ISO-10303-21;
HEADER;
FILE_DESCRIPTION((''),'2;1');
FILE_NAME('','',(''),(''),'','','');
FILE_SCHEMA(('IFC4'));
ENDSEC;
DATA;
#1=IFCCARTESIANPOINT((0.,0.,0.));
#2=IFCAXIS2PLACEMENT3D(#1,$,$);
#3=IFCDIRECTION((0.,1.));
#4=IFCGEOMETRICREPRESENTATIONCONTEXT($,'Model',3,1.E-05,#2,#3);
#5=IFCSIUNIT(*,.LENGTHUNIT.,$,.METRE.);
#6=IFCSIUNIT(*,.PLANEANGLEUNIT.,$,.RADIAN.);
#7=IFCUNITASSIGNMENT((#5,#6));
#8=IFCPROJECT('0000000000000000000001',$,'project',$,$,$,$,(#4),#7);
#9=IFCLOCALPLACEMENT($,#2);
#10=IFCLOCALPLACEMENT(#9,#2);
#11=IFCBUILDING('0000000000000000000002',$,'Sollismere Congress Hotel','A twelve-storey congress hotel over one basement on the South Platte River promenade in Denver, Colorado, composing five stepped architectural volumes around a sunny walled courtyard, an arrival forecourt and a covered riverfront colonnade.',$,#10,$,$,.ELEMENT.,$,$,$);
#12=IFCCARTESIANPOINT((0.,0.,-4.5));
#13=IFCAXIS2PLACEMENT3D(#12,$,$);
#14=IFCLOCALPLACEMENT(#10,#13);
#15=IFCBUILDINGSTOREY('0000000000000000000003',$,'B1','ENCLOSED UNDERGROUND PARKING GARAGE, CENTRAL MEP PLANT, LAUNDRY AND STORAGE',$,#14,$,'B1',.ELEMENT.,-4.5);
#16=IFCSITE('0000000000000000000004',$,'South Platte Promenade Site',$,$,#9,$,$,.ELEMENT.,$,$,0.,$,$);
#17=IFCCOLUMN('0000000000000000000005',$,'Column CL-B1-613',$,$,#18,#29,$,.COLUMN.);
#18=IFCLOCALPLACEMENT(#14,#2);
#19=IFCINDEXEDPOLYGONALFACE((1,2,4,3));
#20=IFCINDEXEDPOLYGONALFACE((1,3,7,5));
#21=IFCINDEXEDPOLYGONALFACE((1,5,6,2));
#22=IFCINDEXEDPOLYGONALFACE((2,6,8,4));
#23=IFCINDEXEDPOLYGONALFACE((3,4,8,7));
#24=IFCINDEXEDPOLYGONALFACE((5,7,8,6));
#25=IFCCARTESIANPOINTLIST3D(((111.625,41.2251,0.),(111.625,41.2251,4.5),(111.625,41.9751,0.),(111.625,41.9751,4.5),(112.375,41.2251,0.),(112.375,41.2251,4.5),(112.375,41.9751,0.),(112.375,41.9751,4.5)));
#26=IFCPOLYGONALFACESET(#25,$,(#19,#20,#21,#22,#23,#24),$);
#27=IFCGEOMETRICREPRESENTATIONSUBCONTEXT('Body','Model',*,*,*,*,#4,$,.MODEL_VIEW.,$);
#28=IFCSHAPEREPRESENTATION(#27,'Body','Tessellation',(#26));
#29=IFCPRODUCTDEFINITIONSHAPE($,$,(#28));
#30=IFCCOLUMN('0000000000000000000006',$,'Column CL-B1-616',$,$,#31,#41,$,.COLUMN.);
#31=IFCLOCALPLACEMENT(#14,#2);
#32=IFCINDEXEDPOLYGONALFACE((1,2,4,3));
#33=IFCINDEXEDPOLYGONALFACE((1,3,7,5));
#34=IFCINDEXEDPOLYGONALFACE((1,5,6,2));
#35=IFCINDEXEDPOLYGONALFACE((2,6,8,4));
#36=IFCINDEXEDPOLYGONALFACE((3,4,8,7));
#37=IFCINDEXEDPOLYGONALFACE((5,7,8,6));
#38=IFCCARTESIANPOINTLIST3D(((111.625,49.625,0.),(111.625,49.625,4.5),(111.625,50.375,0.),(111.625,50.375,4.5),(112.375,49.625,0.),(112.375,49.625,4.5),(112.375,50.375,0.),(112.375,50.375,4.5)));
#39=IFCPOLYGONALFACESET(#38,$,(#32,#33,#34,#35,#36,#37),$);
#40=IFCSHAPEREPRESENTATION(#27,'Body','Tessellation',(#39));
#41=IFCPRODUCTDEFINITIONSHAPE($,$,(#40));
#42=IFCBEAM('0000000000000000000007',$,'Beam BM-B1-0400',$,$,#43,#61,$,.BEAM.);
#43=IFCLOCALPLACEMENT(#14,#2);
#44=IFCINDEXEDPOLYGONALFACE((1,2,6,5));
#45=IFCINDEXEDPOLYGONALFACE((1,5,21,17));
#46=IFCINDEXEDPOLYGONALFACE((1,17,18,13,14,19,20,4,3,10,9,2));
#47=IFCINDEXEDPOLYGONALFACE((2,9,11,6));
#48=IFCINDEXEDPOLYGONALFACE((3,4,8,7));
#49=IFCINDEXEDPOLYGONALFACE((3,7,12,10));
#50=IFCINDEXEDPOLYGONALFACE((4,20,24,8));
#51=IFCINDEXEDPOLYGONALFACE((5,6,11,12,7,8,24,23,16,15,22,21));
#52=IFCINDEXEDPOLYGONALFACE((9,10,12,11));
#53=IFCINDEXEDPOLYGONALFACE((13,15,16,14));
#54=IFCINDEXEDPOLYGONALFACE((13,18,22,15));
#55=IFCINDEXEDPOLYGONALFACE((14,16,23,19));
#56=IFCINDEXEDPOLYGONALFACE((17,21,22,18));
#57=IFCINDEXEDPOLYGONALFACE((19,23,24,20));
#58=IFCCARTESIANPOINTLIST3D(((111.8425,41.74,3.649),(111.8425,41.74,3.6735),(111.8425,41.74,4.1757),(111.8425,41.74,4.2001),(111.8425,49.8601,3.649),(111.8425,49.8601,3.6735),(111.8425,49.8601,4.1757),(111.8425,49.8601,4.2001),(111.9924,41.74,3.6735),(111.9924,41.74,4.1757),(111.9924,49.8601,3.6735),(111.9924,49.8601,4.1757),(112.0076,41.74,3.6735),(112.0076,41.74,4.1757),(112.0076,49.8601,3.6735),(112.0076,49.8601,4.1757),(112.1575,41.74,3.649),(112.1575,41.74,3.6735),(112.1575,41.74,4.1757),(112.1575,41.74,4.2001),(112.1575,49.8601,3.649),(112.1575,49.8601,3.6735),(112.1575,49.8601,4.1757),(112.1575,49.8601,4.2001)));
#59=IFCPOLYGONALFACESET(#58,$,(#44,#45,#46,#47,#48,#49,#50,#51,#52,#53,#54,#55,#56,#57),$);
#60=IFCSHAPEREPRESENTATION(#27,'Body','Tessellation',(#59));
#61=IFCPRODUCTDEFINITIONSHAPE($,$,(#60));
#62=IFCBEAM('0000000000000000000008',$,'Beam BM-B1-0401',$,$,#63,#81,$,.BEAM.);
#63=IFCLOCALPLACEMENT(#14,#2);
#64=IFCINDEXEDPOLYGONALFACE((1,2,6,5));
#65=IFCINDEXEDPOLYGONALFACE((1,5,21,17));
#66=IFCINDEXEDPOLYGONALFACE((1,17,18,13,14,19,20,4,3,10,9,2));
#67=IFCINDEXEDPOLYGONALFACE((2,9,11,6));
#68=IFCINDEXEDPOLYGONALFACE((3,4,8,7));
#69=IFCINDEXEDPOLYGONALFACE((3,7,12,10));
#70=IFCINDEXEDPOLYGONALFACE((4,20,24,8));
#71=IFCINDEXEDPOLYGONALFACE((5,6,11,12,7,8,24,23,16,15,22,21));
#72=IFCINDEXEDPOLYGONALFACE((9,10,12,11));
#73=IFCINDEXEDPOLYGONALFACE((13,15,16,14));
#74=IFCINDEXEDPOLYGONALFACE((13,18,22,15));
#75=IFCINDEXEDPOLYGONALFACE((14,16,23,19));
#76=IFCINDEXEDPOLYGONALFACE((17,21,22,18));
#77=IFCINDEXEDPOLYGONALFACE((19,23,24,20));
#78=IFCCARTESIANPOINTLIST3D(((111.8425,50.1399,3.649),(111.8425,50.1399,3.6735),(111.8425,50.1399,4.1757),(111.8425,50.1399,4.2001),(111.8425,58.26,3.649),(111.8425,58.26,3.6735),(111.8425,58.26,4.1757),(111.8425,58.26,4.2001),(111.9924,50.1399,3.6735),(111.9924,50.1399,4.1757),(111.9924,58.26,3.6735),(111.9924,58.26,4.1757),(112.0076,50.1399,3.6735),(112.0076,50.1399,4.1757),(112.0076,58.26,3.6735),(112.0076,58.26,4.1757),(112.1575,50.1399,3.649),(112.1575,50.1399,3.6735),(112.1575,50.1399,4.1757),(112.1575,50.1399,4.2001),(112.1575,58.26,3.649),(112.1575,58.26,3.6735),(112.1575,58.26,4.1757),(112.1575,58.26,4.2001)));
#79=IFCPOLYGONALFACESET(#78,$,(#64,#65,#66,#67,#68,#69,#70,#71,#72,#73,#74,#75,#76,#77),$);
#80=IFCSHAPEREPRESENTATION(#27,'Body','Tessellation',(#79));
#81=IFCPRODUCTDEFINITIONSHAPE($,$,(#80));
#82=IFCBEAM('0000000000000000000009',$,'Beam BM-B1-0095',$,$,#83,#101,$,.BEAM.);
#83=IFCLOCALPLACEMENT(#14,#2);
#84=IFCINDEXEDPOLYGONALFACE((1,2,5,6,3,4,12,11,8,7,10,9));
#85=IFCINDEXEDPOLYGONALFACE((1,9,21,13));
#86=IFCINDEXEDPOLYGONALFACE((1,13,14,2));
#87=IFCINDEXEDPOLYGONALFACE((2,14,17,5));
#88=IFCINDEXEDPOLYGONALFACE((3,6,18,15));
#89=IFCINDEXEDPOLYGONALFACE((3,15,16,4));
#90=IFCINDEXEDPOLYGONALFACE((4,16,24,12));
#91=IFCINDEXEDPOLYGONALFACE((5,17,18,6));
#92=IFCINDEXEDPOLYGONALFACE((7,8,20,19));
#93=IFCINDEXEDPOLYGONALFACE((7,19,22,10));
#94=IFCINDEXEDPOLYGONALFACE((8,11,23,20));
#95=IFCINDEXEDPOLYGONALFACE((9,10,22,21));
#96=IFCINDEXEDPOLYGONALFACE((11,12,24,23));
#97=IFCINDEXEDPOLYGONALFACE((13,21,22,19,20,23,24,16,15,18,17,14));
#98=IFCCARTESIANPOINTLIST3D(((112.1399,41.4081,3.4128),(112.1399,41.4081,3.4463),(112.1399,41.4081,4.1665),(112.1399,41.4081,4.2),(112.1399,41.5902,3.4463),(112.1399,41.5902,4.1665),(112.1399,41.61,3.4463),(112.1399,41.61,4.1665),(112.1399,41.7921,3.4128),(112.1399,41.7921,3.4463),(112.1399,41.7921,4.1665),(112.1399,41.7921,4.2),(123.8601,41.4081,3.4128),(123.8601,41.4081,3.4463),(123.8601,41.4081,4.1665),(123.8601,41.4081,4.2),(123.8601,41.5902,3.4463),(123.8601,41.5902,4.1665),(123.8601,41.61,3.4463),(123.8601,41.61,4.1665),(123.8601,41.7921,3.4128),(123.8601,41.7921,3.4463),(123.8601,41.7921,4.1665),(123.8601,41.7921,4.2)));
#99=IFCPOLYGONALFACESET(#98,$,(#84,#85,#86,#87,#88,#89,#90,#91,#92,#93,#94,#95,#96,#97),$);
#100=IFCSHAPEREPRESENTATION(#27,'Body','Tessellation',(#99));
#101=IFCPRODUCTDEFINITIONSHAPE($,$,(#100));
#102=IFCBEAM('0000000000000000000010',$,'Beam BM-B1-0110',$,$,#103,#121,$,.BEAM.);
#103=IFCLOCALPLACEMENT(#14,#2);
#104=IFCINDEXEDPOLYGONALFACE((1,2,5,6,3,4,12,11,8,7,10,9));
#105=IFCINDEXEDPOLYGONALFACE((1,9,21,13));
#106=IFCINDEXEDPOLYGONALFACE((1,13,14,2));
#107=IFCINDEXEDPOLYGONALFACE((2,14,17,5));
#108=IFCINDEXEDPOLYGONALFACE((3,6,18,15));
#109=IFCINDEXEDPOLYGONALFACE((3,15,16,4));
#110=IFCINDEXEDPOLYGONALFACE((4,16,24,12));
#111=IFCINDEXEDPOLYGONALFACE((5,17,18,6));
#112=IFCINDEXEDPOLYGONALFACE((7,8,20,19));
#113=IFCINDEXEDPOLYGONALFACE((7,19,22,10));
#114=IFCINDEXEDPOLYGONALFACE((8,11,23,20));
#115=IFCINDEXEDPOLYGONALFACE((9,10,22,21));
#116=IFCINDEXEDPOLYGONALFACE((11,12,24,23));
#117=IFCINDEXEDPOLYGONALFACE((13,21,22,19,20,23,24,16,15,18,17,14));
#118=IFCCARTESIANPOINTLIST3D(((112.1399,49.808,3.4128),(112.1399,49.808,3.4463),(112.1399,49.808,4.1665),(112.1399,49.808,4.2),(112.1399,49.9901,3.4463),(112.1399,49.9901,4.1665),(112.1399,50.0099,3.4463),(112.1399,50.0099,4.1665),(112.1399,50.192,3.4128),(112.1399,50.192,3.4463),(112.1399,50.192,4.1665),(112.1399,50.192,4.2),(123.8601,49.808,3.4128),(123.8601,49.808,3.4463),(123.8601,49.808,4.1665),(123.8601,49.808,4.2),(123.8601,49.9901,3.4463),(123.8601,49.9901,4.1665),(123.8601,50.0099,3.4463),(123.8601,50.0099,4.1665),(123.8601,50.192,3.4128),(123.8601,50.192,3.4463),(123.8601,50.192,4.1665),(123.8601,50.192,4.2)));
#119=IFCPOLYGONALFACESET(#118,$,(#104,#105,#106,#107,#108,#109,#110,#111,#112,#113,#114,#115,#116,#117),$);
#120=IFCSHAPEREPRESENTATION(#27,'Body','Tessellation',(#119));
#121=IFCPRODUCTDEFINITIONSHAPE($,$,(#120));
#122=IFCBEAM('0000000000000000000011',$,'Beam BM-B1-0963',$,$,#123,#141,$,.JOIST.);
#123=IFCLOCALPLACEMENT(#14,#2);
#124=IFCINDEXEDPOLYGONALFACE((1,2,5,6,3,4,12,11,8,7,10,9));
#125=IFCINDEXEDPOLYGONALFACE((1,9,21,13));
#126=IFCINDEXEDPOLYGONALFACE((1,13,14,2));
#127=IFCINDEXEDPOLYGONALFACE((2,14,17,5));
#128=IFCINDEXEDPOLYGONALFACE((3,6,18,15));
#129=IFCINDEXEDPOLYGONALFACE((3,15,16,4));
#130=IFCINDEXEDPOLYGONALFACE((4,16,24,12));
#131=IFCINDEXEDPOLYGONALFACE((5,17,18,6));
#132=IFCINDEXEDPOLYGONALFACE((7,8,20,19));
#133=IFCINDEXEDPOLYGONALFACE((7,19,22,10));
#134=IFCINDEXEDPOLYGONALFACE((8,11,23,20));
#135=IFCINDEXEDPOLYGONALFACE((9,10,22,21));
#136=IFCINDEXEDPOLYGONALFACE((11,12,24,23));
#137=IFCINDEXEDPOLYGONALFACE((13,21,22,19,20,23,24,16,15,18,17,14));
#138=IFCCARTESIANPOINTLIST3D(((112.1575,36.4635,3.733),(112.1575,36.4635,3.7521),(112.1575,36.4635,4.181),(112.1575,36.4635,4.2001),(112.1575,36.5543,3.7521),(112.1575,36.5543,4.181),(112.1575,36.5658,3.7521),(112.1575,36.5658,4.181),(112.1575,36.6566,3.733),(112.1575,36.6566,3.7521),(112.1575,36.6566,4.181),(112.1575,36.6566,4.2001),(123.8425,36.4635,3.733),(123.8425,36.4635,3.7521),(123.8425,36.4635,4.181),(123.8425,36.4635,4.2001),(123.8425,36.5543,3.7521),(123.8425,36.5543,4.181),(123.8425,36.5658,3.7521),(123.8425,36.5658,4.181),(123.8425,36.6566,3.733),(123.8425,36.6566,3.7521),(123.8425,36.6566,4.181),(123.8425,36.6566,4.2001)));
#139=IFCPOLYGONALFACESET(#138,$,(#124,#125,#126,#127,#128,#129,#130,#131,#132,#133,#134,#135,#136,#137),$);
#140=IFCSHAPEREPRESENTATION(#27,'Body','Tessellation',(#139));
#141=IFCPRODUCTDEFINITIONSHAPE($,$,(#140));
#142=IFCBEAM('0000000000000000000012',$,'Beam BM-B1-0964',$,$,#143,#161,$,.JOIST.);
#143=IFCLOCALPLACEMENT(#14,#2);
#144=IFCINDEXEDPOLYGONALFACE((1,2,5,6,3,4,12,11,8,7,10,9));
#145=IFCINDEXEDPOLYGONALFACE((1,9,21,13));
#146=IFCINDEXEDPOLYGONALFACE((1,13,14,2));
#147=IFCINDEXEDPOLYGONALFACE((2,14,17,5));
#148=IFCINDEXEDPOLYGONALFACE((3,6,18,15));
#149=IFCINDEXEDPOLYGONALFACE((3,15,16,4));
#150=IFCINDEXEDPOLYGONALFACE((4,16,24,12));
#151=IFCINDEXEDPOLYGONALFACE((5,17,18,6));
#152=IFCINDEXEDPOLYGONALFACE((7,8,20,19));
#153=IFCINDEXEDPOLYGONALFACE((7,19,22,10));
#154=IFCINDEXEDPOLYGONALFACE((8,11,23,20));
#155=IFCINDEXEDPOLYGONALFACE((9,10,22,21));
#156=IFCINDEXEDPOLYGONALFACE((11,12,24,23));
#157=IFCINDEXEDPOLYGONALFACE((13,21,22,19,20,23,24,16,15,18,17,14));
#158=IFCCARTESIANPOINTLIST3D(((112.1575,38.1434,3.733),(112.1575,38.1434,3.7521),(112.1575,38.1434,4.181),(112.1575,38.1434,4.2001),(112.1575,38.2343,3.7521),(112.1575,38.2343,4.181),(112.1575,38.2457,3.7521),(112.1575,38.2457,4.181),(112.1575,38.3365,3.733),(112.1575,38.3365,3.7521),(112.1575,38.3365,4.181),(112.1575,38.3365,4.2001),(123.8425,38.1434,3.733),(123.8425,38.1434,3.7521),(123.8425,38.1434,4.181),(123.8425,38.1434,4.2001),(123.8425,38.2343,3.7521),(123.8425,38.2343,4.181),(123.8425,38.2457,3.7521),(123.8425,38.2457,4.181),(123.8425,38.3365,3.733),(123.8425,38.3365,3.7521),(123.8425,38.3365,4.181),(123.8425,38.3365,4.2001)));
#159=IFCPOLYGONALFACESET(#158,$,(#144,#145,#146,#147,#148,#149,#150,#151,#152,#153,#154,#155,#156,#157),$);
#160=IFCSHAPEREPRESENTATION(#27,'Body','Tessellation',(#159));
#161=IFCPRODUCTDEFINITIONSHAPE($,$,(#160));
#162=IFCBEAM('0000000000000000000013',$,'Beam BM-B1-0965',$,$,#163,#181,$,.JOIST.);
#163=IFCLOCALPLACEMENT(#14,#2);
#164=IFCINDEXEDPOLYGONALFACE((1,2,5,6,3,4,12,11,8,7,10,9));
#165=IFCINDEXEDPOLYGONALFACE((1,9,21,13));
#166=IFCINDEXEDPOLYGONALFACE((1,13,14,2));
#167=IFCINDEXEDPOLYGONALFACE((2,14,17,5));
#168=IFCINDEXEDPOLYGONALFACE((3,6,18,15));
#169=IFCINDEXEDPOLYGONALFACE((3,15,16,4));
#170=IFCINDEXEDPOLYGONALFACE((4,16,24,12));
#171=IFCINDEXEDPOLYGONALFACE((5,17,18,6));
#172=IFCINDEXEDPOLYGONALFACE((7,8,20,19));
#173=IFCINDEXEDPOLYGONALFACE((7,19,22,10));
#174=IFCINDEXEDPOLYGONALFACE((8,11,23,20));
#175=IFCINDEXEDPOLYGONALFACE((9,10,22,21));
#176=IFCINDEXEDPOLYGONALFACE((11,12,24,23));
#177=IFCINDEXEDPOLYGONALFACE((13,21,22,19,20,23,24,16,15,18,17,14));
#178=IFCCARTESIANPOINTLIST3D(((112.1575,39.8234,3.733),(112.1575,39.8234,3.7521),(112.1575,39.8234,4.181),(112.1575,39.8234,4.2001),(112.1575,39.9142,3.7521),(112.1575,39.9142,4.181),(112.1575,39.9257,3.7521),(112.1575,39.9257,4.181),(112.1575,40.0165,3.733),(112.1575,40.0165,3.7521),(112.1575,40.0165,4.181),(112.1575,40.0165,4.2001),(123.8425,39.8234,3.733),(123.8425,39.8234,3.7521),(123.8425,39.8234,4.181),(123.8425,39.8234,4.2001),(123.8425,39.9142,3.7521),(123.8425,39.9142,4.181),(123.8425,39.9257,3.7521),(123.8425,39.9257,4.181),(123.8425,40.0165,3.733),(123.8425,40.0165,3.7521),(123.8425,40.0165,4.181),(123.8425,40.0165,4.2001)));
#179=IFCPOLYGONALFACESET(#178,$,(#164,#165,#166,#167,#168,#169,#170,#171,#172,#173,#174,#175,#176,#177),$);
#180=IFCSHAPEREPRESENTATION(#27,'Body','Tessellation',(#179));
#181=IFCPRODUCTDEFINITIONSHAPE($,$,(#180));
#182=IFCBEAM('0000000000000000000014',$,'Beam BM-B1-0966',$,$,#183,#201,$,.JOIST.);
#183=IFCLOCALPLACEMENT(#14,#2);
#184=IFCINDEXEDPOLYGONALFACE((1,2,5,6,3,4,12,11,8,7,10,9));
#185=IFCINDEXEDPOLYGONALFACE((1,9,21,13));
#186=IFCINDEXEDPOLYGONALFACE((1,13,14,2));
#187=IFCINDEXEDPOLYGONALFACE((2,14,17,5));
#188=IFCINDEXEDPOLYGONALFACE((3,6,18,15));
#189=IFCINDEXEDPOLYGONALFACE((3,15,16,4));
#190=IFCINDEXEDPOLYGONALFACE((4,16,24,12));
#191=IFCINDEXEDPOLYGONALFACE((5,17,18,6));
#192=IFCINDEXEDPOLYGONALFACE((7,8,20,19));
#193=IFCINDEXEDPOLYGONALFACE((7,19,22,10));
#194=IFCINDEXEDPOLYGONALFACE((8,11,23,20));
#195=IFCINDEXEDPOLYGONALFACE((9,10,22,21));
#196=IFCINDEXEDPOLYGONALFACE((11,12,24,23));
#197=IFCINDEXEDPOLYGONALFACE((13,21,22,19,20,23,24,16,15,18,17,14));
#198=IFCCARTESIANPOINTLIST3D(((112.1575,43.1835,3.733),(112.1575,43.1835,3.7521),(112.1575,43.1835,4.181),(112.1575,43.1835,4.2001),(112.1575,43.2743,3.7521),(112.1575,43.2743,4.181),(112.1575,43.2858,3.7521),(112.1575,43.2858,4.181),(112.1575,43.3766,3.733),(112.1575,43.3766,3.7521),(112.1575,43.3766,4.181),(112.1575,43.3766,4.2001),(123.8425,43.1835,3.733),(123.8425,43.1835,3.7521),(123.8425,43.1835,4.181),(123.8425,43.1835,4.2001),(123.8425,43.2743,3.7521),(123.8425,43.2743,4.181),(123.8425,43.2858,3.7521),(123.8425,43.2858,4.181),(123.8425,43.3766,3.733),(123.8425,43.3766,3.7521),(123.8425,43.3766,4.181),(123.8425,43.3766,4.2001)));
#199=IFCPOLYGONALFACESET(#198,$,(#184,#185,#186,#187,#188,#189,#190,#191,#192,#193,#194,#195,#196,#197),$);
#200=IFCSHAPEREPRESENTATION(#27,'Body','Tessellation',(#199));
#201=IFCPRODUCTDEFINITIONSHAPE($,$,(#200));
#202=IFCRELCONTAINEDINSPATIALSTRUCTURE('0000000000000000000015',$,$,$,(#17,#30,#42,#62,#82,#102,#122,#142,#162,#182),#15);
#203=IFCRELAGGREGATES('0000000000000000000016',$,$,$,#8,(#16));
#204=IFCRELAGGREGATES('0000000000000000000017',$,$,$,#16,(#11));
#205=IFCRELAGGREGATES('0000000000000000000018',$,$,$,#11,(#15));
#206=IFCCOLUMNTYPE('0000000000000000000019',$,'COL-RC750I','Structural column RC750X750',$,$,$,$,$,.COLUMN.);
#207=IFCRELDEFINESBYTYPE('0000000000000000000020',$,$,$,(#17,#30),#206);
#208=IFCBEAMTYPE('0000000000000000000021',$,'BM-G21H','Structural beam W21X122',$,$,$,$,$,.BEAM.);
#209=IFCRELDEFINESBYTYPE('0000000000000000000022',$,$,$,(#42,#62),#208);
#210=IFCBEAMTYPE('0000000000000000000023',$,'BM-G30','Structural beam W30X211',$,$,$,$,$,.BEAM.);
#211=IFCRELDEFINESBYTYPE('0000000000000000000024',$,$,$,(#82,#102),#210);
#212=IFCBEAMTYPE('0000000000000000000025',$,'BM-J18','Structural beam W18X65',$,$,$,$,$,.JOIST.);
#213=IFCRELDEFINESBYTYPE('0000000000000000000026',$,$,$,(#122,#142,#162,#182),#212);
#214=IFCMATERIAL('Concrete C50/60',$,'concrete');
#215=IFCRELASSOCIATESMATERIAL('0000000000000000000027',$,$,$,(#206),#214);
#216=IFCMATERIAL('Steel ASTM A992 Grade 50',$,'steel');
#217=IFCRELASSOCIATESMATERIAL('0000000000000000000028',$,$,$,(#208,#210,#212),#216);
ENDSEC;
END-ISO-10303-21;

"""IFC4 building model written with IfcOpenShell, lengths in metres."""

from ifc_helpers import new_model, si_unit, direction, frame, origin, origin_2d, place, context, subcontext, project, spatial, rectangle, i_section, extrude, material, material_profile, profile_set, type_object, element, save


model = new_model("IFC4")

# Units and contexts
model_context = context("Model", 3, precision=1e-05, world=origin(), true_north=direction((0.0, 1.0)))
body_context = subcontext(model_context, "Body", "Model", "MODEL_VIEW")
ifc_project = project(units=[si_unit("LENGTHUNIT", "METRE"), si_unit("PLANEANGLEUNIT", "RADIAN")], contexts=[model_context])

# Site, building, storey
site_placement = place(None, origin())
site = spatial("IfcSite", under=ifc_project, at=site_placement, Name="South Platte Promenade Site", CompositionType="ELEMENT", RefElevation=0.0)
building_placement = place(site_placement, origin())
building = spatial("IfcBuilding", under=site, at=building_placement, Name="Sollismere Congress Hotel", Description="A twelve-storey congress hotel over one basement on the South Platte River promenade in Denver, Colorado, composing five stepped architectural volumes around a sunny walled courtyard, an arrival forecourt and a covered riverfront colonnade.", CompositionType="ELEMENT")
storey_placement = place(building_placement, frame((0.0, 0.0, -4.5)))
storey = spatial("IfcBuildingStorey", under=building, at=storey_placement, Name="B1", Description="ENCLOSED UNDERGROUND PARKING GARAGE, CENTRAL MEP PLANT, LAUNDRY AND STORAGE", LongName="B1", CompositionType="ELEMENT", Elevation=-4.5)

# Columns
ifc_material_1 = material(Name="Concrete C50/60", Category="concrete")
ifc_material_profile_1 = material_profile(ifc_material_1, rectangle(XDim=0.75, YDim=0.75, at=origin_2d()), Name="RC750X750")
ifc_profile_set_1 = profile_set([ifc_material_profile_1], Name="Concrete C50/60")
column_type = type_object("IfcColumnType", Name="COL-RC750I", Description="Structural column RC750X750", PredefinedType="COLUMN", material=ifc_profile_set_1)
for number, where, z_axis, x_axis, name in (
    (1, (112.0, 41.6001, 0.0), (0.0, 0.0, 1.0), (1.0, 0.0, 0.0), "Column CL-B1-613"),
    (2, (112.0, 50.0, 0.0), (0.0, 0.0, 1.0), (1.0, 0.0, 0.0), "Column CL-B1-616"),
):
    element("IfcColumn", number, at=place(storey_placement, frame(where, z_axis=z_axis, x_axis=x_axis)), inside=storey, type_object=column_type, Name=name, PredefinedType="COLUMN", context=body_context, shape_type="SweptSolid", body=[
        extrude(rectangle(XDim=0.75, YDim=0.75, at=origin_2d()), origin(), (0.0, 0.0, 1.0), 4.5),
    ])

# Beams
ifc_material_2 = material(Name="Steel ASTM A992 Grade 50", Category="steel")
ifc_material_profile_2 = material_profile(ifc_material_2, i_section(OverallWidth=0.3149, OverallDepth=0.551, WebThickness=0.0151, FlangeThickness=0.0244, at=origin_2d()), Name="W21X122")
ifc_profile_set_2 = profile_set([ifc_material_profile_2], Name="Steel ASTM A992 Grade 50")
beam_type_1 = type_object("IfcBeamType", Name="BM-G21H", Description="Structural beam W21X122", PredefinedType="BEAM", material=ifc_profile_set_2)
for number, where, z_axis, x_axis, name in (
    (3, (112.0, 41.74, 3.9246), (0.0, 1.0, 0.0), (-1.0, 0.0, 0.0), "Beam BM-B1-0400"),
    (4, (112.0, 50.1399, 3.9246), (0.0, 1.0, 0.0), (-1.0, 0.0, 0.0), "Beam BM-B1-0401"),
):
    element("IfcBeam", number, at=place(storey_placement, frame(where, z_axis=z_axis, x_axis=x_axis)), inside=storey, type_object=beam_type_1, Name=name, PredefinedType="BEAM", context=body_context, shape_type="SweptSolid", body=[
        extrude(i_section(OverallWidth=0.3149, OverallDepth=0.551, WebThickness=0.0151, FlangeThickness=0.0244, at=origin_2d()), origin(), (0.0, 0.0, 1.0), 8.1201),
    ])
ifc_material_profile_3 = material_profile(ifc_material_2, i_section(OverallWidth=0.384, OverallDepth=0.7871, WebThickness=0.0198, FlangeThickness=0.0334, at=origin_2d()), Name="W30X211")
ifc_profile_set_3 = profile_set([ifc_material_profile_3], Name="Steel ASTM A992 Grade 50")
beam_type_2 = type_object("IfcBeamType", Name="BM-G30", Description="Structural beam W30X211", PredefinedType="BEAM", material=ifc_profile_set_3)
for number, where, z_axis, x_axis, name in (
    (5, (112.1399, 41.6001, 3.8064), (1.0, 0.0, 0.0), (0.0, 1.0, 0.0), "Beam BM-B1-0095"),
    (6, (112.1399, 50.0, 3.8064), (1.0, 0.0, 0.0), (0.0, 1.0, 0.0), "Beam BM-B1-0110"),
):
    element("IfcBeam", number, at=place(storey_placement, frame(where, z_axis=z_axis, x_axis=x_axis)), inside=storey, type_object=beam_type_2, Name=name, PredefinedType="BEAM", context=body_context, shape_type="SweptSolid", body=[
        extrude(i_section(OverallWidth=0.384, OverallDepth=0.7871, WebThickness=0.0198, FlangeThickness=0.0334, at=origin_2d()), origin(), (0.0, 0.0, 1.0), 11.7202),
    ])
ifc_material_profile_4 = material_profile(ifc_material_2, i_section(OverallWidth=0.1931, OverallDepth=0.467, WebThickness=0.0115, FlangeThickness=0.019, at=origin_2d()), Name="W18X65")
ifc_profile_set_4 = profile_set([ifc_material_profile_4], Name="Steel ASTM A992 Grade 50")
beam_type_3 = type_object("IfcBeamType", Name="BM-J18", Description="Structural beam W18X65", PredefinedType="JOIST", material=ifc_profile_set_4)
for number, where, z_axis, x_axis, name in (
    (7, (112.1575, 36.5601, 3.9666), (1.0, 0.0, 0.0), (0.0, 1.0, 0.0), "Beam BM-B1-0963"),
    (8, (112.1575, 38.24, 3.9666), (1.0, 0.0, 0.0), (0.0, 1.0, 0.0), "Beam BM-B1-0964"),
    (9, (112.1575, 39.9199, 3.9666), (1.0, 0.0, 0.0), (0.0, 1.0, 0.0), "Beam BM-B1-0965"),
    (10, (112.1575, 43.28, 3.9666), (1.0, 0.0, 0.0), (0.0, 1.0, 0.0), "Beam BM-B1-0966"),
):
    element("IfcBeam", number, at=place(storey_placement, frame(where, z_axis=z_axis, x_axis=x_axis)), inside=storey, type_object=beam_type_3, Name=name, PredefinedType="JOIST", context=body_context, shape_type="SweptSolid", body=[
        extrude(i_section(OverallWidth=0.1931, OverallDepth=0.467, WebThickness=0.0115, FlangeThickness=0.019, at=origin_2d()), origin(), (0.0, 0.0, 1.0), 11.6851),
    ])

save(model, "model.ifc")
